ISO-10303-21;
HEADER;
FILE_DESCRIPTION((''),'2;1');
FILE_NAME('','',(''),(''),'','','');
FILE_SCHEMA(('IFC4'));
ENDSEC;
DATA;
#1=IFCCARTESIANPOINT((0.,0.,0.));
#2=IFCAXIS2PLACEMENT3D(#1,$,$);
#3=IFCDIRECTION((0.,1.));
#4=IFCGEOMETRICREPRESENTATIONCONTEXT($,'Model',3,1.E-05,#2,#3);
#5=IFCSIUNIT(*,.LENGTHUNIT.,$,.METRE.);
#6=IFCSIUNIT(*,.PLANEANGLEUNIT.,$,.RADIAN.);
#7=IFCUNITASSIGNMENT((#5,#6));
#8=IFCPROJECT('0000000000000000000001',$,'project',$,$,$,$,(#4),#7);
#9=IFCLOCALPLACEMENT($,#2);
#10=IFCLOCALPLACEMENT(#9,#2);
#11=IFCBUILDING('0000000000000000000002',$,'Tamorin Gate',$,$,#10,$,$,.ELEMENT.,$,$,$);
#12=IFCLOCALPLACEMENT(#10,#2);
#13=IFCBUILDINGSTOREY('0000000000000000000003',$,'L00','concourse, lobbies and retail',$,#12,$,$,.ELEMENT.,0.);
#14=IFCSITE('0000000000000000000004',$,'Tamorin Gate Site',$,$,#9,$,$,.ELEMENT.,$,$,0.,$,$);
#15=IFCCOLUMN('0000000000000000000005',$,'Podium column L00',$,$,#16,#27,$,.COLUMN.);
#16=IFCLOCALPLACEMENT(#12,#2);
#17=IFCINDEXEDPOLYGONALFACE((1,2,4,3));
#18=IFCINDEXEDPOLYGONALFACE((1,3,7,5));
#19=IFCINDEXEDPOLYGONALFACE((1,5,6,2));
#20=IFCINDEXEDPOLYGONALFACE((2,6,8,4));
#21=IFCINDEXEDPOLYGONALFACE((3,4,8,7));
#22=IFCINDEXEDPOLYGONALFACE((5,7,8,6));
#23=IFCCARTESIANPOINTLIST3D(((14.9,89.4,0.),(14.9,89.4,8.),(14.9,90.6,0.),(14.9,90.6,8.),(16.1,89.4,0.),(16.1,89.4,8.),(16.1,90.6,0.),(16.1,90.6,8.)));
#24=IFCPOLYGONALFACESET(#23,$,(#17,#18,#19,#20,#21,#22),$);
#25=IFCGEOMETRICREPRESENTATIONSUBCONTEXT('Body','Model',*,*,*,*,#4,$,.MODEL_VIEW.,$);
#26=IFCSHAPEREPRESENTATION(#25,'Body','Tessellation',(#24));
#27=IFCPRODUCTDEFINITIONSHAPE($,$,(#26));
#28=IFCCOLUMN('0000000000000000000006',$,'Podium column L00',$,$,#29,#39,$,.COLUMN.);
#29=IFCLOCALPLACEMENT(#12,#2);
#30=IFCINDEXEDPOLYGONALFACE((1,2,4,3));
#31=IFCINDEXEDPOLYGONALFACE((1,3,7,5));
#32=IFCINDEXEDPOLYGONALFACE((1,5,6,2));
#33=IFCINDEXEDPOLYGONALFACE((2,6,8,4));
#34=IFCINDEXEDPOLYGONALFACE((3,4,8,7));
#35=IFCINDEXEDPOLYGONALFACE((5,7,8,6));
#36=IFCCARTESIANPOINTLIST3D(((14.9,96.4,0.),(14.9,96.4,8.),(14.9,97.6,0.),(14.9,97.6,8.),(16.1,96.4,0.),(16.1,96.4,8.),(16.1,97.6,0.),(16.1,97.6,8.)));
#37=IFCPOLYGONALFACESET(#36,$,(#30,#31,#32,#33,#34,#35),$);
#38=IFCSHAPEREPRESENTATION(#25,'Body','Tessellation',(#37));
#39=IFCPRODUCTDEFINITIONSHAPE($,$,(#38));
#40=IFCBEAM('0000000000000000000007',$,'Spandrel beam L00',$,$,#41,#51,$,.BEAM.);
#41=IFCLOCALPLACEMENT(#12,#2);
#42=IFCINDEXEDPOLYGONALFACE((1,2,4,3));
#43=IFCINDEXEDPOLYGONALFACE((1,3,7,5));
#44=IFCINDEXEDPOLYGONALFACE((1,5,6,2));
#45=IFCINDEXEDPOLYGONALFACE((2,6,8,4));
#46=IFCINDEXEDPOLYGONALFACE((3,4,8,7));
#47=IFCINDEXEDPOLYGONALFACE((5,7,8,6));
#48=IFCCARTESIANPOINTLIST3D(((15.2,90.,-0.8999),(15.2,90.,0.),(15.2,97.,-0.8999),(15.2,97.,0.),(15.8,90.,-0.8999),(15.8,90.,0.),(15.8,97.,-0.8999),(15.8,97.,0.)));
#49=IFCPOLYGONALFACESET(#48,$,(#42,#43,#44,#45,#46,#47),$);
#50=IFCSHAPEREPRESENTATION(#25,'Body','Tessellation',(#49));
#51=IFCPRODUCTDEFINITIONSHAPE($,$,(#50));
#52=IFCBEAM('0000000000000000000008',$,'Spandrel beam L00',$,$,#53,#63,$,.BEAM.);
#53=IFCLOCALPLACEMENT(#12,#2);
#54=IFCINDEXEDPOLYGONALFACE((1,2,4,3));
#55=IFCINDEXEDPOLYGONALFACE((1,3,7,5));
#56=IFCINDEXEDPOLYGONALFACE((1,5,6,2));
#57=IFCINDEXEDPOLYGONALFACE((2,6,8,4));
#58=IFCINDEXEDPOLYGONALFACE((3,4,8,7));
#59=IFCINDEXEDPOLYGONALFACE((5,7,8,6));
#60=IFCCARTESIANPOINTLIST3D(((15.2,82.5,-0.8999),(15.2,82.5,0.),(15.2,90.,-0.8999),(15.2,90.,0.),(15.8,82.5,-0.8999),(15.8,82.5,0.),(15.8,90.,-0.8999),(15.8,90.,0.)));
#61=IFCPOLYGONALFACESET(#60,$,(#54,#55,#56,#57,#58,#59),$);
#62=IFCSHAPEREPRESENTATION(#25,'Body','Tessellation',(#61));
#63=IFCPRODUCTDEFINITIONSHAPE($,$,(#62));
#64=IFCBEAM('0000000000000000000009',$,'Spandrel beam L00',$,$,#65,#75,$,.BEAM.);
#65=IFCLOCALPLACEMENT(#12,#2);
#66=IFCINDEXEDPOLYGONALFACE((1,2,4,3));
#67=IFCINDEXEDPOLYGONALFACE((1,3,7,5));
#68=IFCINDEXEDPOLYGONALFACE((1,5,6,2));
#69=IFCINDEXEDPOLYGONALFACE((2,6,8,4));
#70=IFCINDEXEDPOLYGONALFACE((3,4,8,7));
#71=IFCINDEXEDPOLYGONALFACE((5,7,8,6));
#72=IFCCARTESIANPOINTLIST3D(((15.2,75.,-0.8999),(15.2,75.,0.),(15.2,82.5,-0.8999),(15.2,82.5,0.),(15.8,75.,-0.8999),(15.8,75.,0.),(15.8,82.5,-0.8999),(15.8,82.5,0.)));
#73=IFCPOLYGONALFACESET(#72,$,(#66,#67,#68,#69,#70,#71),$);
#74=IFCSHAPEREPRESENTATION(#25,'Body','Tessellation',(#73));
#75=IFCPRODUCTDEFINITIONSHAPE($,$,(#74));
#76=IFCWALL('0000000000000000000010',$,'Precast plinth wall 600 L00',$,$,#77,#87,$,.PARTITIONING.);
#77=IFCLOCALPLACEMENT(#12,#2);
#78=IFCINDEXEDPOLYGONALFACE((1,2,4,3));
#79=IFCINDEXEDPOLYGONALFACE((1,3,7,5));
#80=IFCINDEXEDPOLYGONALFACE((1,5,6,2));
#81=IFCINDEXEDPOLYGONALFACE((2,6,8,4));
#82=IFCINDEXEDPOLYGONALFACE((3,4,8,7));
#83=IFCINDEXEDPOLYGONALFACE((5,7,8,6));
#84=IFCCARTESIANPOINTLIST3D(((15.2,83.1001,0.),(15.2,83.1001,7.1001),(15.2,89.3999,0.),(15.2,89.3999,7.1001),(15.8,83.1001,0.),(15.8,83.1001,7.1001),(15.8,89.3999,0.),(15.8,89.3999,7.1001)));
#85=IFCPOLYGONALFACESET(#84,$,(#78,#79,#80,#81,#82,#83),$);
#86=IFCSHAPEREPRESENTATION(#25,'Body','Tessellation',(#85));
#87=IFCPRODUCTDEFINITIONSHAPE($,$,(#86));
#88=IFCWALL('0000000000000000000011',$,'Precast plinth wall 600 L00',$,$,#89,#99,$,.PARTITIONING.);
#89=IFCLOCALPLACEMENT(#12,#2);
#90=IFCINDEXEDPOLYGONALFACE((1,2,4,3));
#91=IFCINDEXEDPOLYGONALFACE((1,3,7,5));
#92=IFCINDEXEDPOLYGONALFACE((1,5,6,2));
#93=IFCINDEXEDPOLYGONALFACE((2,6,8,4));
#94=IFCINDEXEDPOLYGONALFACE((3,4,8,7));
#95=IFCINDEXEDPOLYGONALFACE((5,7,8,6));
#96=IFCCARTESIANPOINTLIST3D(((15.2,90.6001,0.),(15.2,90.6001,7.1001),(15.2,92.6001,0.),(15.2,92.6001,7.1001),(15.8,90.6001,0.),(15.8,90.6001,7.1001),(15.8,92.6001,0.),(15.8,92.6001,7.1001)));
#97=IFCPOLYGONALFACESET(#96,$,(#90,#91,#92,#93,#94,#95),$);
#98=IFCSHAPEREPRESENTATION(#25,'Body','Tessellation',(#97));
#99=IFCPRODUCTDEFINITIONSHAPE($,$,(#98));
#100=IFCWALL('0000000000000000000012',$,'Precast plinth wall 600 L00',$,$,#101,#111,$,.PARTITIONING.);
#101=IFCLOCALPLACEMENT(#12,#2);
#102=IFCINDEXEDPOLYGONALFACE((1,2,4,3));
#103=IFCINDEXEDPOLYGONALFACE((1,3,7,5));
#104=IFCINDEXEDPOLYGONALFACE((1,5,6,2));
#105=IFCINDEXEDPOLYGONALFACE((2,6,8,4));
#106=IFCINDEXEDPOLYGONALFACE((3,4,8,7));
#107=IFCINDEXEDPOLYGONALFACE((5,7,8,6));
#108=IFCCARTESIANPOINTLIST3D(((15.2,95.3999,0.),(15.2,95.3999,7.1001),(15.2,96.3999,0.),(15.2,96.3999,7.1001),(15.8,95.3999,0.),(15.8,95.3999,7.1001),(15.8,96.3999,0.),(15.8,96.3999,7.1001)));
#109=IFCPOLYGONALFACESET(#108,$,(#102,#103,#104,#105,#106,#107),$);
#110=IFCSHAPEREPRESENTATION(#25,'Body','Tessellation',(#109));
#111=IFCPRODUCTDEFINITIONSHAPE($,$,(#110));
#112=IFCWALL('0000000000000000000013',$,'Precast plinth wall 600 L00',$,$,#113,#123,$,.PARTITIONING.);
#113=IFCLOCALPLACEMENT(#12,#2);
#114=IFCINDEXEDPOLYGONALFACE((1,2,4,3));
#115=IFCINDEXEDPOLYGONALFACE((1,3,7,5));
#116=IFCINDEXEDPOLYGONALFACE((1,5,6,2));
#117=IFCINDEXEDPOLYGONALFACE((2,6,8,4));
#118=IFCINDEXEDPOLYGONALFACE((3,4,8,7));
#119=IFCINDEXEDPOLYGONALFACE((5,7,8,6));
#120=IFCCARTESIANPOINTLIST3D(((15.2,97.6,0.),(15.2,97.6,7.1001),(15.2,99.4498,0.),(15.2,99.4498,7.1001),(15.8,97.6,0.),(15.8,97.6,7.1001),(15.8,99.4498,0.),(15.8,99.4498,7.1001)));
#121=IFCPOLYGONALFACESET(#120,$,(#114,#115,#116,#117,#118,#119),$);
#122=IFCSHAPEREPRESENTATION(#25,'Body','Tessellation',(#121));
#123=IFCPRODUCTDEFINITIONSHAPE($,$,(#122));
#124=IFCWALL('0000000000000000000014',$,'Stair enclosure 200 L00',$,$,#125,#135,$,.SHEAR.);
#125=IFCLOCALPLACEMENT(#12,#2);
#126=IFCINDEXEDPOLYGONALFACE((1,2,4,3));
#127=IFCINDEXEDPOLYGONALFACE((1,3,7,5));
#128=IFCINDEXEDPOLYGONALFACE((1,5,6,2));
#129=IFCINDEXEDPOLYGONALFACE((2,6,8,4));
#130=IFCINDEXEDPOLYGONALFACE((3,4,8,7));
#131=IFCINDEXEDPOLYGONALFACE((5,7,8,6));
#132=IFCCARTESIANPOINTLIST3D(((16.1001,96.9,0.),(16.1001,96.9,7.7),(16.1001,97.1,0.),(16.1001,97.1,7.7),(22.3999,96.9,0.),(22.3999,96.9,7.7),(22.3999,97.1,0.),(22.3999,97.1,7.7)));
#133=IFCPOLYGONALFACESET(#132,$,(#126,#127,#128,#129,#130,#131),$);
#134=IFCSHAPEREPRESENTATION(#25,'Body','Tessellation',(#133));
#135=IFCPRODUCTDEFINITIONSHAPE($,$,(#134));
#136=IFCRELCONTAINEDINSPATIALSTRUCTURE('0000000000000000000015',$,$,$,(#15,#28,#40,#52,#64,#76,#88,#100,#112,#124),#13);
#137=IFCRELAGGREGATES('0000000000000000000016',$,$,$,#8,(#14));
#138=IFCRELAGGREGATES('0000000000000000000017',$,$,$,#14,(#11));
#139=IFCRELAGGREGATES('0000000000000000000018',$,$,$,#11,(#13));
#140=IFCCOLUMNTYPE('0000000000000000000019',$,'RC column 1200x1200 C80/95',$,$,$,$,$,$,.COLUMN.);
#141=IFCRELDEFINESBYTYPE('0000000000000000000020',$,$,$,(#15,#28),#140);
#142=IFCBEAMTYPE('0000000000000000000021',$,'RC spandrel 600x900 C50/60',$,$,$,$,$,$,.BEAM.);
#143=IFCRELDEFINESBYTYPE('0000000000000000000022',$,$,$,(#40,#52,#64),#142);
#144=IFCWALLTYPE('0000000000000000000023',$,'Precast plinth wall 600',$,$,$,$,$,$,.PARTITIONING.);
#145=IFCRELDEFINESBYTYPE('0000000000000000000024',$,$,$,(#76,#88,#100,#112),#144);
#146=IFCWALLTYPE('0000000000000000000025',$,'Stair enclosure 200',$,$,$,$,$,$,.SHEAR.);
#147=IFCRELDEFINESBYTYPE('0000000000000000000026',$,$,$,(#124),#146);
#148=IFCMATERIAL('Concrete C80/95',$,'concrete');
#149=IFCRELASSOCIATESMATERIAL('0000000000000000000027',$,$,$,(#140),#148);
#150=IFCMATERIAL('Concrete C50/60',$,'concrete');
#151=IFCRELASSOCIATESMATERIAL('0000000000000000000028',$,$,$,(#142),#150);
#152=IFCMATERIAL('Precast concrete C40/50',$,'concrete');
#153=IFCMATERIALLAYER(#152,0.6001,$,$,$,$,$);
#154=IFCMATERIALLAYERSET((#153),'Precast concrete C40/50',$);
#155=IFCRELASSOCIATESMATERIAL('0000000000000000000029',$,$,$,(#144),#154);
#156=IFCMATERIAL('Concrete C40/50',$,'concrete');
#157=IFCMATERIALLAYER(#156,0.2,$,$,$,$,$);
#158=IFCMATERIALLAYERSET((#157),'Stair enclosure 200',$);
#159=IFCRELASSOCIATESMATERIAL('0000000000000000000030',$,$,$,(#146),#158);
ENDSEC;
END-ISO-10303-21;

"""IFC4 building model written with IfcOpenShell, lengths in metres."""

from ifc_helpers import new_model, si_unit, direction, frame, frame_2d, origin, origin_2d, place, context, subcontext, project, spatial, rectangle, extrude, material, layer, layer_set, material_profile, profile_set, type_object, element, save


model = new_model("IFC4")

# Units and contexts
model_context = context("Model", 3, precision=1e-05, world=origin(), true_north=direction((0.0, 1.0)))
body_context = subcontext(model_context, "Body", "Model", "MODEL_VIEW")
ifc_project = project(units=[si_unit("LENGTHUNIT", "METRE"), si_unit("PLANEANGLEUNIT", "RADIAN")], contexts=[model_context])

# Site, building, storey
site_placement = place(None, origin())
site = spatial("IfcSite", under=ifc_project, at=site_placement, Name="Tamorin Gate Site", CompositionType="ELEMENT", RefElevation=0.0)
building_placement = place(site_placement, origin())
building = spatial("IfcBuilding", under=site, at=building_placement, Name="Tamorin Gate", CompositionType="ELEMENT")
storey_placement = place(building_placement, origin())
storey = spatial("IfcBuildingStorey", under=building, at=storey_placement, Name="L00", Description="concourse, lobbies and retail", CompositionType="ELEMENT", Elevation=0.0)

# Columns
ifc_material_1 = material(Name="Concrete C80/95", Category="concrete")
ifc_material_profile_1 = material_profile(ifc_material_1, rectangle(XDim=1.2, YDim=1.2, at=origin_2d()), Name="RC 1200x1200")
ifc_profile_set_1 = profile_set([ifc_material_profile_1], Name="Concrete C80/95")
column_type = type_object("IfcColumnType", Name="RC column 1200x1200 C80/95", PredefinedType="COLUMN", material=ifc_profile_set_1)
for number, where, z_axis, x_axis, name in (
    (1, (15.5, 90.0, 0.0), (0.0, 0.0, 1.0), (1.0, 0.0, 0.0), "Podium column L00"),
    (2, (15.5, 97.0, 0.0), (0.0, 0.0, 1.0), (1.0, 0.0, 0.0), "Podium column L00"),
):
    element("IfcColumn", number, at=place(storey_placement, frame(where, z_axis=z_axis, x_axis=x_axis)), inside=storey, type_object=column_type, Name=name, PredefinedType="COLUMN", context=body_context, shape_type="SweptSolid", body=[
        extrude(rectangle(XDim=1.2, YDim=1.2, at=origin_2d()), origin(), (0.0, 0.0, 1.0), 8.0),
    ])

# Beams
ifc_material_2 = material(Name="Concrete C50/60", Category="concrete")
ifc_material_profile_2 = material_profile(ifc_material_2, rectangle(XDim=0.6001, YDim=0.8999, at=origin_2d()), Name="RC 600x900")
ifc_profile_set_2 = profile_set([ifc_material_profile_2], Name="Concrete C50/60")
beam_type = type_object("IfcBeamType", Name="RC spandrel 600x900 C50/60", PredefinedType="BEAM", material=ifc_profile_set_2)
beam_placement = place(storey_placement, frame((15.5, 97.0, -0.45), z_axis=(0.0, -1.0, 0.0), x_axis=(1.0, 0.0, 0.0)))
element("IfcBeam", 3, at=beam_placement, inside=storey, type_object=beam_type, Name="Spandrel beam L00", PredefinedType="BEAM", context=body_context, shape_type="SweptSolid", body=[
    extrude(rectangle(XDim=0.6001, YDim=0.8999, at=origin_2d()), origin(), (0.0, 0.0, 1.0), 7.0),
])
for number, where, z_axis, x_axis, name in (
    (4, (15.5, 90.0, -0.45), (0.0, -1.0, 0.0), (1.0, 0.0, 0.0), "Spandrel beam L00"),
    (5, (15.5, 82.5, -0.45), (0.0, -1.0, 0.0), (1.0, 0.0, 0.0), "Spandrel beam L00"),
):
    element("IfcBeam", number, at=place(storey_placement, frame(where, z_axis=z_axis, x_axis=x_axis)), inside=storey, type_object=beam_type, Name=name, PredefinedType="BEAM", context=body_context, shape_type="SweptSolid", body=[
        extrude(rectangle(XDim=0.6001, YDim=0.8999, at=origin_2d()), origin(), (0.0, 0.0, 1.0), 7.5),
    ])

# Wall
ifc_material_3 = material(Name="Precast concrete C40/50", Category="concrete")
ifc_layer_1 = layer(ifc_material_3, 0.6001)
ifc_layer_set_1 = layer_set([ifc_layer_1], Name="Precast concrete C40/50")
wall_type_1 = type_object("IfcWallType", Name="Precast plinth wall 600", PredefinedType="PARTITIONING", material=ifc_layer_set_1)
wall_1_placement = place(storey_placement, frame((15.5, 83.1001, 0.0), z_axis=(0.0, 0.0, 1.0), x_axis=(0.0, 1.0, 0.0)))
element("IfcWall", 6, at=wall_1_placement, inside=storey, type_object=wall_type_1, Name="Precast plinth wall 600 L00", PredefinedType="PARTITIONING", context=body_context, shape_type="SweptSolid", body=[
    extrude(rectangle(XDim=6.2998, YDim=0.6001, at=frame_2d((3.1499, 0.0))), origin(), (0.0, 0.0, 1.0), 7.1001),
])

# Walls
wall_2_placement = place(storey_placement, frame((15.5, 90.6001, 0.0), z_axis=(0.0, 0.0, 1.0), x_axis=(0.0, 1.0, 0.0)))
element("IfcWall", 7, at=wall_2_placement, inside=storey, type_object=wall_type_1, Name="Precast plinth wall 600 L00", PredefinedType="PARTITIONING", context=body_context, shape_type="SweptSolid", body=[
    extrude(rectangle(XDim=2.0, YDim=0.6001, at=frame_2d((1.0, 0.0))), origin(), (0.0, 0.0, 1.0), 7.1001),
])
wall_3_placement = place(storey_placement, frame((15.5, 95.3999, 0.0), z_axis=(0.0, 0.0, 1.0), x_axis=(0.0, 1.0, 0.0)))
element("IfcWall", 8, at=wall_3_placement, inside=storey, type_object=wall_type_1, Name="Precast plinth wall 600 L00", PredefinedType="PARTITIONING", context=body_context, shape_type="SweptSolid", body=[
    extrude(rectangle(XDim=1.0, YDim=0.6001, at=frame_2d((0.5, 0.0))), origin(), (0.0, 0.0, 1.0), 7.1001),
])

# Walls
wall_4_placement = place(storey_placement, frame((15.5, 97.6001, 0.0), z_axis=(0.0, 0.0, 1.0), x_axis=(0.0, 1.0, 0.0)))
element("IfcWall", 9, at=wall_4_placement, inside=storey, type_object=wall_type_1, Name="Precast plinth wall 600 L00", PredefinedType="PARTITIONING", context=body_context, shape_type="SweptSolid", body=[
    extrude(rectangle(XDim=1.8499, YDim=0.6001, at=frame_2d((0.9248, 0.0))), origin(), (0.0, 0.0, 1.0), 7.1001),
])
ifc_material_4 = material(Name="Concrete C40/50", Category="concrete")
ifc_layer_2 = layer(ifc_material_4, 0.2)
ifc_layer_set_2 = layer_set([ifc_layer_2], Name="Stair enclosure 200")
wall_type_2 = type_object("IfcWallType", Name="Stair enclosure 200", PredefinedType="SHEAR", material=ifc_layer_set_2)
wall_5_placement = place(storey_placement, frame((16.1001, 97.0, 0.0), z_axis=(0.0, 0.0, 1.0), x_axis=(1.0, 0.0, 0.0)))
element("IfcWall", 10, at=wall_5_placement, inside=storey, type_object=wall_type_2, Name="Stair enclosure 200 L00", PredefinedType="SHEAR", context=body_context, shape_type="SweptSolid", body=[
    extrude(rectangle(XDim=6.2998, YDim=0.2, at=frame_2d((3.1499, 0.0))), origin(), (0.0, 0.0, 1.0), 7.7),
])

save(model, "model.ifc")
